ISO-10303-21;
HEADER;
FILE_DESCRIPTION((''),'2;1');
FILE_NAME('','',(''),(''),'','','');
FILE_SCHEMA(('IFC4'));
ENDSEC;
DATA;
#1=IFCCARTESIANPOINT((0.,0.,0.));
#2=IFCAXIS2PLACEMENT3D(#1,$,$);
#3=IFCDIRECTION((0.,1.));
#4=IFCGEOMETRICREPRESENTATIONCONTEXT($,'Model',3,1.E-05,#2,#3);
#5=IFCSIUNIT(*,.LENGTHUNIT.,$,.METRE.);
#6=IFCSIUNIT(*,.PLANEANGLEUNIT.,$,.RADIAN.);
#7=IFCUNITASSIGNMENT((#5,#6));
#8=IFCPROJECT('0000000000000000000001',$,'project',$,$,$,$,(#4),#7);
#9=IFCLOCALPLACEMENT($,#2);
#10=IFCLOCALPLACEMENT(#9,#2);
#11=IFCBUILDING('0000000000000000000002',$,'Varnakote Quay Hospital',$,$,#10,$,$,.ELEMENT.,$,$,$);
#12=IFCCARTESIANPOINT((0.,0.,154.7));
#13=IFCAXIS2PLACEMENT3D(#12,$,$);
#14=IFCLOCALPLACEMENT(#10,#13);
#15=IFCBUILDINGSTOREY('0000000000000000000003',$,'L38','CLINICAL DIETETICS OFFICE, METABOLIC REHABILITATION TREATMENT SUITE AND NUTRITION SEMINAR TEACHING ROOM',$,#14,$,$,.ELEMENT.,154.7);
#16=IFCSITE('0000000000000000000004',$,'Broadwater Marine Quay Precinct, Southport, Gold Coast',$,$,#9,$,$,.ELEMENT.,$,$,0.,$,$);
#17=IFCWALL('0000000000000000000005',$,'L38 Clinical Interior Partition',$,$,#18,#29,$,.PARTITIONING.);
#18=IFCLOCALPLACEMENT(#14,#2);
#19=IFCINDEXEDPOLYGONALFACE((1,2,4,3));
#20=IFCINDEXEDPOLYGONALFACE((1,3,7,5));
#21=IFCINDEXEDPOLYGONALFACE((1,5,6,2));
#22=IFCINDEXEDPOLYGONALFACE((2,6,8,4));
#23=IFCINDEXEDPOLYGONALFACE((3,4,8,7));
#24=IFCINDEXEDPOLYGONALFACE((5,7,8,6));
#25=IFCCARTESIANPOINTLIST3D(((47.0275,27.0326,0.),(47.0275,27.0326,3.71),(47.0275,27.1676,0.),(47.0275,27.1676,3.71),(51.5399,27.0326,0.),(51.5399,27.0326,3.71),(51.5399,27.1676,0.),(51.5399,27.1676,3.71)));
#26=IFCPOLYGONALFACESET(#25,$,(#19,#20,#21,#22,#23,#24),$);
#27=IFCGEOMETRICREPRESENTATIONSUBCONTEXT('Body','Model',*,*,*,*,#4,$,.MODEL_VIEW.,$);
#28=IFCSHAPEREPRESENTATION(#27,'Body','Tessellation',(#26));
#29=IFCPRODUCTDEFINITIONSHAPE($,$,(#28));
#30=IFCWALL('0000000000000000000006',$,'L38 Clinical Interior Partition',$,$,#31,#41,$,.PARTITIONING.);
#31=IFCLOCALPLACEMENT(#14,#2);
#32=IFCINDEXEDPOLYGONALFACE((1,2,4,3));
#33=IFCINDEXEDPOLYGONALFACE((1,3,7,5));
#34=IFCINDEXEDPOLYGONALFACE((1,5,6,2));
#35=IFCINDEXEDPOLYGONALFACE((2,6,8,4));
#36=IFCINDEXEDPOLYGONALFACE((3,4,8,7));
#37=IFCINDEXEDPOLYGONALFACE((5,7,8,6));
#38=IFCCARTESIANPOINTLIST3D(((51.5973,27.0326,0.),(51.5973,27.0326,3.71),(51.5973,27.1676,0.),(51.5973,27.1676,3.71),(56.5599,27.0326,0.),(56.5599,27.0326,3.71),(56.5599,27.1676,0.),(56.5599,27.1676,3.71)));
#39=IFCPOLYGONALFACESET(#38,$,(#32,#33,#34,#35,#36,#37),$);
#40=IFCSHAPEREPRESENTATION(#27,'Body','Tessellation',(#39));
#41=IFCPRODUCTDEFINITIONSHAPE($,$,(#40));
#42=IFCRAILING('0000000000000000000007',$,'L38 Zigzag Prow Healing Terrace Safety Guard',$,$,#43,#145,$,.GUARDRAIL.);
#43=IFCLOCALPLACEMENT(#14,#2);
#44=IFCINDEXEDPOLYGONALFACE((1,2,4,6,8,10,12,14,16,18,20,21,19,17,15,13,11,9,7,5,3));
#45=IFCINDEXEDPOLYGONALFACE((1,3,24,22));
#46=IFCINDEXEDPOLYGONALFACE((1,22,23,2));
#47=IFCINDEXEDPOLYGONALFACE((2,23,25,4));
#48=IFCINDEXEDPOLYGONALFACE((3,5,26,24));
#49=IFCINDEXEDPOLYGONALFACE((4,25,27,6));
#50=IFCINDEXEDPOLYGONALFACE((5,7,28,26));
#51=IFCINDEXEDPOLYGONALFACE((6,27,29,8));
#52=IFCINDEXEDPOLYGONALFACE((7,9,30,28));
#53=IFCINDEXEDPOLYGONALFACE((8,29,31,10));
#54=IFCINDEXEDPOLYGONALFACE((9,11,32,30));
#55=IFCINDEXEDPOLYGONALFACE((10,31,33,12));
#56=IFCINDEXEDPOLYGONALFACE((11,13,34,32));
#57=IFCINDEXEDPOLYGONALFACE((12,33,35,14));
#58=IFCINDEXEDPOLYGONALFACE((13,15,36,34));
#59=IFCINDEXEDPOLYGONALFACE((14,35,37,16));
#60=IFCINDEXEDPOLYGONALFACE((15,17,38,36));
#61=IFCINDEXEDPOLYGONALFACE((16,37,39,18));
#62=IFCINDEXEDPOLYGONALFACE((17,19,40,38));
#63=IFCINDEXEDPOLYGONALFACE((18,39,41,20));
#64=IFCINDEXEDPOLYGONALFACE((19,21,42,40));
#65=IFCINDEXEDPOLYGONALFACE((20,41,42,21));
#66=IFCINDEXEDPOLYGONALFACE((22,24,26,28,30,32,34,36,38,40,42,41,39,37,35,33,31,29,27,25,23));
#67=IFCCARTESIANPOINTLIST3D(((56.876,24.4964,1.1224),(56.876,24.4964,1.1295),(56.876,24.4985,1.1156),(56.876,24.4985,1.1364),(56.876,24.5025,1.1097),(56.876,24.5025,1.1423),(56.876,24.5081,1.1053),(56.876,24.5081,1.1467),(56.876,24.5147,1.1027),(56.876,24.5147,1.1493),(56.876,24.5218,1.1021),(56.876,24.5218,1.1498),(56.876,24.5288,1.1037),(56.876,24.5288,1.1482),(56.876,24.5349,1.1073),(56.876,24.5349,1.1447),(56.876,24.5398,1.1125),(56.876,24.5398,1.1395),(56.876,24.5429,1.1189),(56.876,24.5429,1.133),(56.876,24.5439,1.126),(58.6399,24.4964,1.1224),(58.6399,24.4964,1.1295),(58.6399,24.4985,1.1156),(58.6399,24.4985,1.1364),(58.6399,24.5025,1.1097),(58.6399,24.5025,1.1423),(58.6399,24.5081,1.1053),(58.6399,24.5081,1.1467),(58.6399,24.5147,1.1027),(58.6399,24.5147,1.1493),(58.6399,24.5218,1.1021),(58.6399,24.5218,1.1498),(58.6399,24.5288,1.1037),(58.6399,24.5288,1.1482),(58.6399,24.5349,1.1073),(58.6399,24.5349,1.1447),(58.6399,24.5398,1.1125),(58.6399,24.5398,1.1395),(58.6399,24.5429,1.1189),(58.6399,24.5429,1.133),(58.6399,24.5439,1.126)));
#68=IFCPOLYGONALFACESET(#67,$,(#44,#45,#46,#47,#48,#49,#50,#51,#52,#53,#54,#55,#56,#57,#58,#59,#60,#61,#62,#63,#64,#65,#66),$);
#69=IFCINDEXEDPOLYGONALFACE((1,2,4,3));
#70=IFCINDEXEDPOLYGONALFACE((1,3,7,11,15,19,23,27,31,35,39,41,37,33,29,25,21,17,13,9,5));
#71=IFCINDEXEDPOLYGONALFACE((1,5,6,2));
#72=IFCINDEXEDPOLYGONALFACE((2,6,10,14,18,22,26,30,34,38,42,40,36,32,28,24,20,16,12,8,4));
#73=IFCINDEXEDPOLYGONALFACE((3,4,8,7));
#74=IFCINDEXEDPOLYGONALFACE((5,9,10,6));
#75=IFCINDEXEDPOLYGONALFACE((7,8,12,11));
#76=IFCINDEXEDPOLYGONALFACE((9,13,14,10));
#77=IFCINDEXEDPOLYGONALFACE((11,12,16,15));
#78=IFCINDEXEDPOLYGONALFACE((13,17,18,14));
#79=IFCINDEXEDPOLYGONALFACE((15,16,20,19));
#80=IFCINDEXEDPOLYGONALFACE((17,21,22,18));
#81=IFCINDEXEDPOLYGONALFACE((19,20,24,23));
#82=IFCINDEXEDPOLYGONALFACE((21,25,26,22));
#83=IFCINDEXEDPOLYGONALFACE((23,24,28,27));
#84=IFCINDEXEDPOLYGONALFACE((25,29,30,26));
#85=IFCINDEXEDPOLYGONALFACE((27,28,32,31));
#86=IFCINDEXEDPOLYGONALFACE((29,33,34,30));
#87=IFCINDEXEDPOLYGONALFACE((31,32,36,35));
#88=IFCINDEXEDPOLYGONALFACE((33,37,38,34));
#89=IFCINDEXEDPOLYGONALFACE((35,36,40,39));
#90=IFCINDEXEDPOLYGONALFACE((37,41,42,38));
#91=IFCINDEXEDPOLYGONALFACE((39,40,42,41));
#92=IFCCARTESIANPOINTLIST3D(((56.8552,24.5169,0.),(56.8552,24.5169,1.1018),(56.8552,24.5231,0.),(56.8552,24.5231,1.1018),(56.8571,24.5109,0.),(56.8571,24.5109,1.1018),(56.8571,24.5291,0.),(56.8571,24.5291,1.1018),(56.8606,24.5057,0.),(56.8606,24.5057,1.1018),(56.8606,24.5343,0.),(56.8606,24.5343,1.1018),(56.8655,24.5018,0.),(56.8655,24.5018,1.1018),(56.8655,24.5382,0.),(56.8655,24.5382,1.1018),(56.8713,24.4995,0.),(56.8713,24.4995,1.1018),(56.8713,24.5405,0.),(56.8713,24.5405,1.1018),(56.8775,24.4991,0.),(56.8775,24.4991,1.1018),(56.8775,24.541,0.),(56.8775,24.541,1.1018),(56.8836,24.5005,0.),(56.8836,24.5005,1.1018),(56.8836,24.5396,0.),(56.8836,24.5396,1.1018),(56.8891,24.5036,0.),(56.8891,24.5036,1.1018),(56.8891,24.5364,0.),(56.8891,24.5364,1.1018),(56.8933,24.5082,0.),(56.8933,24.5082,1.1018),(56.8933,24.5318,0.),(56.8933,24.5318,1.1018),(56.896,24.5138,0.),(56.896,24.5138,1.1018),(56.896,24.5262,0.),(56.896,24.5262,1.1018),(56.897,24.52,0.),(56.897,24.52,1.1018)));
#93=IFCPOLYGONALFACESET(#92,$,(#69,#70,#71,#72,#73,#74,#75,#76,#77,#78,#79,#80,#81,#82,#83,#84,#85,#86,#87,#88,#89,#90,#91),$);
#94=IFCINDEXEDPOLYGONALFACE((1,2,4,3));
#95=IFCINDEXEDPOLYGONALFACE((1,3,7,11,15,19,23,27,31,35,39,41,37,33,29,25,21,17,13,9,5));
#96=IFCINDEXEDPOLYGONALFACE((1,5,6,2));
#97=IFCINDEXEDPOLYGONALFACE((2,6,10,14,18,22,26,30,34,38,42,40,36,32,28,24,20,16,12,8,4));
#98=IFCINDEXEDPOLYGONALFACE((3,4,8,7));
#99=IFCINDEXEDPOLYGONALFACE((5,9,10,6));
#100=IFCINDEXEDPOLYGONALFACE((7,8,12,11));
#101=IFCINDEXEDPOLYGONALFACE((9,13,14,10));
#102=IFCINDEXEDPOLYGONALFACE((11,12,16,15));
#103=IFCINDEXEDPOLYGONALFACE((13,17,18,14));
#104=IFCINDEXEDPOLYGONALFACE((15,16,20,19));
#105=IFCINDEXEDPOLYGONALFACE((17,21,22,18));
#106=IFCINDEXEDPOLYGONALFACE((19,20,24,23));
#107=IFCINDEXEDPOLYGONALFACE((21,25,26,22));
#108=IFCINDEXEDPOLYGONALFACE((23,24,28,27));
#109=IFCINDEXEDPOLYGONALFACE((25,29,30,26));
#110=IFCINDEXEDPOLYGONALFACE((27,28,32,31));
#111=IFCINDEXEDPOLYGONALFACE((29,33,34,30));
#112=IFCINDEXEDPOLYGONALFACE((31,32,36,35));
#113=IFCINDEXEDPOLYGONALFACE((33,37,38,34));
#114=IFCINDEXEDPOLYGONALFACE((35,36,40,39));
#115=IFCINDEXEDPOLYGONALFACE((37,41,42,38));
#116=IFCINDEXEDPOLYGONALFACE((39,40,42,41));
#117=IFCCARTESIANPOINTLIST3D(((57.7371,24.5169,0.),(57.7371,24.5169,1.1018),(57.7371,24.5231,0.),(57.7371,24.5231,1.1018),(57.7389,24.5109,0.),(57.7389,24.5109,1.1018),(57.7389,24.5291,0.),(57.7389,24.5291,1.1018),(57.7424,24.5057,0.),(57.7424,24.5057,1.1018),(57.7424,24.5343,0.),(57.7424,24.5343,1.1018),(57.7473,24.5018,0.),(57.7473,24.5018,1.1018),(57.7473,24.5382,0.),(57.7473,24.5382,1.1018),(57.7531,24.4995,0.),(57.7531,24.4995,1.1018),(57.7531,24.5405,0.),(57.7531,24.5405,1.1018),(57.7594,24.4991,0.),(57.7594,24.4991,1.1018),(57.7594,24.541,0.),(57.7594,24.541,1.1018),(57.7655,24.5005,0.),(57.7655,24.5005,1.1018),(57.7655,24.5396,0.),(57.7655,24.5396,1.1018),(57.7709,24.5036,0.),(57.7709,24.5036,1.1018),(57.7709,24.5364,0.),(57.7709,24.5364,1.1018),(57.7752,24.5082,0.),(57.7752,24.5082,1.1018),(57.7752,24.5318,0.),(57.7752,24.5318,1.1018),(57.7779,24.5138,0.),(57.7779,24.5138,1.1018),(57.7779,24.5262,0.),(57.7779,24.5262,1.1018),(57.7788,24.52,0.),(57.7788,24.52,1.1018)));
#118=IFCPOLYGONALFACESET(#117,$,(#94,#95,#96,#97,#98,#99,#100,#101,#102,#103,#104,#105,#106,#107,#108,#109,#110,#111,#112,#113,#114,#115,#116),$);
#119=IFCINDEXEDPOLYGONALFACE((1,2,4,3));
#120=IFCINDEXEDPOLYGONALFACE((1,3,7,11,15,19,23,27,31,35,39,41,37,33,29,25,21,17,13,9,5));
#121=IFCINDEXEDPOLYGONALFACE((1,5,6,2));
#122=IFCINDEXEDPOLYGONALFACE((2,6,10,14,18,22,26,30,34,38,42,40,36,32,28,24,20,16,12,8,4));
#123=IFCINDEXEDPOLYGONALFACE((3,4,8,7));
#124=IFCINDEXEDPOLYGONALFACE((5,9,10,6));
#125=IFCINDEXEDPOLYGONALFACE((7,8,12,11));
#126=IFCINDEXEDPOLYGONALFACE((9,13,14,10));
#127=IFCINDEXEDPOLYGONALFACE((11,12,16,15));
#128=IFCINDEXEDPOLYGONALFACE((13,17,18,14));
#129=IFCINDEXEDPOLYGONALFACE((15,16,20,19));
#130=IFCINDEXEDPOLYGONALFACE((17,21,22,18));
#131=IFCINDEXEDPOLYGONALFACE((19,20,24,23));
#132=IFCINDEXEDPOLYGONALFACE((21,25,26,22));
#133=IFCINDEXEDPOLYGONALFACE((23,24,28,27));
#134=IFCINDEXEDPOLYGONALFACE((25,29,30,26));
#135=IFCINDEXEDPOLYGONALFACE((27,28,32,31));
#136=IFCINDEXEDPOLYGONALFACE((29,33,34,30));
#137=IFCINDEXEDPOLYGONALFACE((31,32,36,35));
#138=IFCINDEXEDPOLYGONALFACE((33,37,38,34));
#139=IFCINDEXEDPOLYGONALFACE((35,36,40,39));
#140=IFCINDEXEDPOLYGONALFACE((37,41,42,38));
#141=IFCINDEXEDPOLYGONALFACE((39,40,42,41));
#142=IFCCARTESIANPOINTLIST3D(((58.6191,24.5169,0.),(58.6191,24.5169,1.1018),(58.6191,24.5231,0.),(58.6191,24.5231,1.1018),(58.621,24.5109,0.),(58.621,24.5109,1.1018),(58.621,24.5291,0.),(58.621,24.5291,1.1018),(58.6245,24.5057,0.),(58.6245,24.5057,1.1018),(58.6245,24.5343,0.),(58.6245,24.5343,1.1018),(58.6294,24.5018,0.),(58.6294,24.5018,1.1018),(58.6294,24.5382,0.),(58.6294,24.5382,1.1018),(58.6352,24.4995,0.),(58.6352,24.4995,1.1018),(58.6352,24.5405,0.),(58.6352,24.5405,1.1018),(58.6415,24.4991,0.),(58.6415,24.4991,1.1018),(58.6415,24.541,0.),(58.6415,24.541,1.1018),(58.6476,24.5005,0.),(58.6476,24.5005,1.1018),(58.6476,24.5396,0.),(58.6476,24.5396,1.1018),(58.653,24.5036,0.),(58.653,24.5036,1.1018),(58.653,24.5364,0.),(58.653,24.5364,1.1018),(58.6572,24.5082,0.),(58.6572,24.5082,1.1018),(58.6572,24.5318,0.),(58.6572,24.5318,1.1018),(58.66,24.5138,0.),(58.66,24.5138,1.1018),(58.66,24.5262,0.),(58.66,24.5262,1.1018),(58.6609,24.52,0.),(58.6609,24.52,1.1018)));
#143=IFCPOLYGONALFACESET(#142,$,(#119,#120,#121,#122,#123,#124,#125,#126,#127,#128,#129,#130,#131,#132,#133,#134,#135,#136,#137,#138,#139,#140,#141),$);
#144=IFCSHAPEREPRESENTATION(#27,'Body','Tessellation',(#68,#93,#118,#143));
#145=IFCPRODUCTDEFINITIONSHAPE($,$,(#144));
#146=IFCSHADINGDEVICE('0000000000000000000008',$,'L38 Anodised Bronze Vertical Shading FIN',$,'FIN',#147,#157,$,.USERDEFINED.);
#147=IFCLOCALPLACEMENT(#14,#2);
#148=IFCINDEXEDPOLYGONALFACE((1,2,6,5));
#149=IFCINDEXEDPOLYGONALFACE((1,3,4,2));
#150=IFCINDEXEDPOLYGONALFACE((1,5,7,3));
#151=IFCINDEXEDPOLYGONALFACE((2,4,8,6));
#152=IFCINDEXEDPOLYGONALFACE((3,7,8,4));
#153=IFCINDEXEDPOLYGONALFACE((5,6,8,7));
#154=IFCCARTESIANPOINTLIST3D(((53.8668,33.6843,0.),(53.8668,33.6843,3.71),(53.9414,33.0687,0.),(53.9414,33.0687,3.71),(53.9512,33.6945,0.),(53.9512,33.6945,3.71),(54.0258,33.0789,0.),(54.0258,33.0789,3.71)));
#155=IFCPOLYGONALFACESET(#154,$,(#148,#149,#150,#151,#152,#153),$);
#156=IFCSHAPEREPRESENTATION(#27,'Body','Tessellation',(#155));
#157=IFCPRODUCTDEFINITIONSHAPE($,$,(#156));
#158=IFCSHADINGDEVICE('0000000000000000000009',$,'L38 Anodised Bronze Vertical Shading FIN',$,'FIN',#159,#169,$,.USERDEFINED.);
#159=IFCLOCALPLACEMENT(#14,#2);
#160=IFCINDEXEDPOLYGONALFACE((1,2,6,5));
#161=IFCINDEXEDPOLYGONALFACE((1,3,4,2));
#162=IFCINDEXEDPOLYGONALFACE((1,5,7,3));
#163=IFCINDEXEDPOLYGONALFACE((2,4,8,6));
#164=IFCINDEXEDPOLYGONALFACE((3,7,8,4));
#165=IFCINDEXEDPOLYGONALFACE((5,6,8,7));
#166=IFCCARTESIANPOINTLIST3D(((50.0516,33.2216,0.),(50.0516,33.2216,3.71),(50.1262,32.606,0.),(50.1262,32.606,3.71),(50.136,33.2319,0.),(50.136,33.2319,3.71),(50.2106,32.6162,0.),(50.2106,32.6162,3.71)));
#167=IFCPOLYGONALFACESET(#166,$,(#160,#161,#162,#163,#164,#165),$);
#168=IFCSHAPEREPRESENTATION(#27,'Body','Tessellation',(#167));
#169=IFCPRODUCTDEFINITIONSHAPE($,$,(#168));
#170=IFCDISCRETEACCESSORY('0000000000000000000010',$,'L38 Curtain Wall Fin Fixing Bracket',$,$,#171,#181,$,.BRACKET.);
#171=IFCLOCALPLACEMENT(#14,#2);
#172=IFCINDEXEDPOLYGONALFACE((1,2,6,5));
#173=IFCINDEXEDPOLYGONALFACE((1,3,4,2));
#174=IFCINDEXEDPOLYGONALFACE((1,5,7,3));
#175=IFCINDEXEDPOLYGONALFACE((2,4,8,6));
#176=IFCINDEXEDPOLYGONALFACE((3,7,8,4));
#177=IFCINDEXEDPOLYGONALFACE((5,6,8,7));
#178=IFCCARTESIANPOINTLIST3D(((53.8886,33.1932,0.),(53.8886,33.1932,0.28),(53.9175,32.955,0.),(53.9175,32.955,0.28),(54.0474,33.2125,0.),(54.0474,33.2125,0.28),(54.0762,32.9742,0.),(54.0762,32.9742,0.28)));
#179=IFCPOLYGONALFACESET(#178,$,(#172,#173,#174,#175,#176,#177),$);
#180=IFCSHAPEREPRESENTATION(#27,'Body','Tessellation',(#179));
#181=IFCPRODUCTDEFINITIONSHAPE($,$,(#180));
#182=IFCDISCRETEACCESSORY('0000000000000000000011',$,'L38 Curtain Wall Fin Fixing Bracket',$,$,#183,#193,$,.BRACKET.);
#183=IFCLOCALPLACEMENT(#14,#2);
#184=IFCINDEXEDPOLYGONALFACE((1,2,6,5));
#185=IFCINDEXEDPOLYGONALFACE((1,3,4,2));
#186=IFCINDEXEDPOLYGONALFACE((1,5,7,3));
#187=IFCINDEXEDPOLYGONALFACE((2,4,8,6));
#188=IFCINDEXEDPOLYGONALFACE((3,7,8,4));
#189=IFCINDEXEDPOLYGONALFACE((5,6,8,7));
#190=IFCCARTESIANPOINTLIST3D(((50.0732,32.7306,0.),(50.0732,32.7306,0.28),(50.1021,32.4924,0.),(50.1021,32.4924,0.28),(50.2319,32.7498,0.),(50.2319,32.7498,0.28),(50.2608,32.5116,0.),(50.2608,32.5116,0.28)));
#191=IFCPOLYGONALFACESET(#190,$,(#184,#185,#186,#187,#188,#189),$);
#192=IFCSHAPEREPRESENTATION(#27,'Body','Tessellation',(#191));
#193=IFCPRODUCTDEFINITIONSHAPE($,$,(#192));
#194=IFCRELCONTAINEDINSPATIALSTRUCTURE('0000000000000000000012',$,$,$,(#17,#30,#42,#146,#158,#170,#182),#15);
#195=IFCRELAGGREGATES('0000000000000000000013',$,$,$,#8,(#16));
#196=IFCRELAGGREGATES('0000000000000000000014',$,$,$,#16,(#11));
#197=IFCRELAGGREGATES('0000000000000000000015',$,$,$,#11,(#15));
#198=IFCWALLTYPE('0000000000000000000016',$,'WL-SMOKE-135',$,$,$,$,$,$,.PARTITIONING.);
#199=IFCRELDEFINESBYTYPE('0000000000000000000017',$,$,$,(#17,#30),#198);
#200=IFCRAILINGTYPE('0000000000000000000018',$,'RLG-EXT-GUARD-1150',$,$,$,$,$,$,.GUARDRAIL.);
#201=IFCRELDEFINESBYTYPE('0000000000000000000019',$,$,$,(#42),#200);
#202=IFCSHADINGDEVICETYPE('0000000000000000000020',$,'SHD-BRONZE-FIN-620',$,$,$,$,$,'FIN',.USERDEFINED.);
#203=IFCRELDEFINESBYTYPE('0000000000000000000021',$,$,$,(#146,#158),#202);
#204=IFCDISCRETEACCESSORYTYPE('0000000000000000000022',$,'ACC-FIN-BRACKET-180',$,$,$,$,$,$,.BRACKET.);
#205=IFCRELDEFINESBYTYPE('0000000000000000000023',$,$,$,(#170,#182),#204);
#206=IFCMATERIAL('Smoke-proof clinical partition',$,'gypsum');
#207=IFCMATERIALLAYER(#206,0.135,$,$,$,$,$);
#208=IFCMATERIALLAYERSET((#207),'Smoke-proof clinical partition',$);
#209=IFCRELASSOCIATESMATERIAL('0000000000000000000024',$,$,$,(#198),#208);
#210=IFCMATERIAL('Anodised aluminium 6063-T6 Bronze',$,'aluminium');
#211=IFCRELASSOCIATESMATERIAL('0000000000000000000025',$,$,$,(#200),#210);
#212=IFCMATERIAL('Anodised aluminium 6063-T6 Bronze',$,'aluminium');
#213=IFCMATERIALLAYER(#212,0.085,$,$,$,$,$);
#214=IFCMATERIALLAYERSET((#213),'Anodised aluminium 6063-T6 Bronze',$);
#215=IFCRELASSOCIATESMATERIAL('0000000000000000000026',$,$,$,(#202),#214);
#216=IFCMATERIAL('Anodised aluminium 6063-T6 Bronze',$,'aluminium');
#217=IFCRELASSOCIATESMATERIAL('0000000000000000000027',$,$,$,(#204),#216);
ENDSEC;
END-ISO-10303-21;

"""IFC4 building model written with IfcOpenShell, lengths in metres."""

from ifc_helpers import new_model, si_unit, direction, frame, frame_2d, origin, origin_2d, place, context, subcontext, project, spatial, rectangle, circle, extrude, material, layer, layer_set, type_object, element, save


model = new_model("IFC4")

# Units and contexts
model_context = context("Model", 3, precision=1e-05, world=origin(), true_north=direction((0.0, 1.0)))
body_context = subcontext(model_context, "Body", "Model", "MODEL_VIEW")
ifc_project = project(units=[si_unit("LENGTHUNIT", "METRE"), si_unit("PLANEANGLEUNIT", "RADIAN")], contexts=[model_context])

# Site, building, storey
site_placement = place(None, origin())
site = spatial("IfcSite", under=ifc_project, at=site_placement, Name="Broadwater Marine Quay Precinct, Southport, Gold Coast", CompositionType="ELEMENT", RefElevation=0.0)
building_placement = place(site_placement, origin())
building = spatial("IfcBuilding", under=site, at=building_placement, Name="Varnakote Quay Hospital", CompositionType="ELEMENT")
storey_placement = place(building_placement, frame((0.0, 0.0, 154.7)))
storey = spatial("IfcBuildingStorey", under=building, at=storey_placement, Name="L38", Description="CLINICAL DIETETICS OFFICE, METABOLIC REHABILITATION TREATMENT SUITE AND NUTRITION SEMINAR TEACHING ROOM", CompositionType="ELEMENT", Elevation=154.7)

# Walls
ifc_material_1 = material(Name="Smoke-proof clinical partition", Category="gypsum")
ifc_layer_1 = layer(ifc_material_1, 0.135)
ifc_layer_set_1 = layer_set([ifc_layer_1], Name="Smoke-proof clinical partition")
wall_type_1 = type_object("IfcWallType", Name="WL-SMOKE-135", PredefinedType="PARTITIONING", material=ifc_layer_set_1)
wall_1_placement = place(storey_placement, frame((51.54, 27.1001, 0.0), z_axis=(0.0, 0.0, 1.0), x_axis=(-1.0, 0.0, 0.0)))
element("IfcWall", 1, at=wall_1_placement, inside=storey, type_object=wall_type_1, Name="L38 Clinical Interior Partition", PredefinedType="PARTITIONING", context=body_context, shape_type="SweptSolid", body=[
    extrude(rectangle(XDim=4.5125, YDim=0.135, at=frame_2d((2.2563, 0.0))), origin(), (0.0, 0.0, 1.0), 3.71),
])
wall_2_placement = place(storey_placement, frame((56.5601, 27.1001, 0.0), z_axis=(0.0, 0.0, 1.0), x_axis=(-1.0, 0.0, 0.0)))
element("IfcWall", 2, at=wall_2_placement, inside=storey, type_object=wall_type_1, Name="L38 Clinical Interior Partition", PredefinedType="PARTITIONING", context=body_context, shape_type="SweptSolid", body=[
    extrude(rectangle(XDim=4.9626, YDim=0.135, at=frame_2d((2.4814, 0.0))), origin(), (0.0, 0.0, 1.0), 3.71),
])

# Railing
ifc_material_2 = material(Name="Anodised aluminium 6063-T6 Bronze", Category="aluminium")
railing_type = type_object("IfcRailingType", Name="RLG-EXT-GUARD-1150", PredefinedType="GUARDRAIL", material=ifc_material_2)
railing_1_placement = place(storey_placement, frame((56.876, 24.52, 0.0)))
element("IfcRailing", 3, at=railing_1_placement, inside=storey, type_object=railing_type, Name="L38 Zigzag Prow Healing Terrace Safety Guard", PredefinedType="GUARDRAIL", context=body_context, shape_type="SweptSolid", body=[
    extrude(circle(Radius=0.0239, at=origin_2d()), frame((0.0, 0.0, 1.126), z_axis=(1.0, 0.0, 0.0), x_axis=(0.0, 1.0, 0.0)), (0.0, 0.0, 1.0), 1.7639),
    extrude(circle(Radius=0.021, at=origin_2d()), origin(), (0.0, 0.0, 1.0), 1.1018),
    extrude(circle(Radius=0.021, at=origin_2d()), frame((0.8818, 0.0, 0.0)), (0.0, 0.0, 1.0), 1.1018),
    extrude(circle(Radius=0.021, at=origin_2d()), frame((1.7639, 0.0, 0.0)), (0.0, 0.0, 1.0), 1.1018),
])

# Shading devices
ifc_material_3 = material(Name="Anodised aluminium 6063-T6 Bronze", Category="aluminium")
ifc_layer_2 = layer(ifc_material_3, 0.085)
ifc_layer_set_2 = layer_set([ifc_layer_2], Name="Anodised aluminium 6063-T6 Bronze")
shading_device_type = type_object("IfcShadingDeviceType", Name="SHD-BRONZE-FIN-620", ElementType="FIN", PredefinedType="USERDEFINED", material=ifc_layer_set_2)
for number, where, z_axis, x_axis, name in (
    (4, (53.9463, 33.3816, 0.0), (0.0, 0.0, 1.0), (0.12031, -0.992736, 0.0), "L38 Anodised Bronze Vertical Shading FIN"),
    (5, (50.1311, 32.9189, 0.0), (0.0, 0.0, 1.0), (0.12031, -0.992736, 0.0), "L38 Anodised Bronze Vertical Shading FIN"),
):
    element("IfcShadingDevice", number, at=place(storey_placement, frame(where, z_axis=z_axis, x_axis=x_axis)), inside=storey, type_object=shading_device_type, Name=name, ObjectType="FIN", PredefinedType="USERDEFINED", context=body_context, shape_type="SweptSolid", body=[
        extrude(rectangle(XDim=0.6201, YDim=0.085, at=origin_2d()), origin(), (0.0, 0.0, 1.0), 3.71),
    ])

# Discrete accessories
ifc_material_4 = material(Name="Anodised aluminium 6063-T6 Bronze", Category="aluminium")
discrete_accessory_type = type_object("IfcDiscreteAccessoryType", Name="ACC-FIN-BRACKET-180", PredefinedType="BRACKET", material=ifc_material_4)
for number, where, z_axis, x_axis, name in (
    (6, (53.9824, 33.0837, 0.0), (0.0, 0.0, 1.0), (-0.992736, -0.12031, 0.0), "L38 Curtain Wall Fin Fixing Bracket"),
    (7, (50.167, 32.6211, 0.0), (0.0, 0.0, 1.0), (-0.992736, -0.12031, 0.0), "L38 Curtain Wall Fin Fixing Bracket"),
):
    element("IfcDiscreteAccessory", number, at=place(storey_placement, frame(where, z_axis=z_axis, x_axis=x_axis)), inside=storey, type_object=discrete_accessory_type, Name=name, PredefinedType="BRACKET", context=body_context, shape_type="SweptSolid", body=[
        extrude(rectangle(XDim=0.1599, YDim=0.24, at=origin_2d()), origin(), (0.0, 0.0, 1.0), 0.28),
    ])

save(model, "model.ifc")
